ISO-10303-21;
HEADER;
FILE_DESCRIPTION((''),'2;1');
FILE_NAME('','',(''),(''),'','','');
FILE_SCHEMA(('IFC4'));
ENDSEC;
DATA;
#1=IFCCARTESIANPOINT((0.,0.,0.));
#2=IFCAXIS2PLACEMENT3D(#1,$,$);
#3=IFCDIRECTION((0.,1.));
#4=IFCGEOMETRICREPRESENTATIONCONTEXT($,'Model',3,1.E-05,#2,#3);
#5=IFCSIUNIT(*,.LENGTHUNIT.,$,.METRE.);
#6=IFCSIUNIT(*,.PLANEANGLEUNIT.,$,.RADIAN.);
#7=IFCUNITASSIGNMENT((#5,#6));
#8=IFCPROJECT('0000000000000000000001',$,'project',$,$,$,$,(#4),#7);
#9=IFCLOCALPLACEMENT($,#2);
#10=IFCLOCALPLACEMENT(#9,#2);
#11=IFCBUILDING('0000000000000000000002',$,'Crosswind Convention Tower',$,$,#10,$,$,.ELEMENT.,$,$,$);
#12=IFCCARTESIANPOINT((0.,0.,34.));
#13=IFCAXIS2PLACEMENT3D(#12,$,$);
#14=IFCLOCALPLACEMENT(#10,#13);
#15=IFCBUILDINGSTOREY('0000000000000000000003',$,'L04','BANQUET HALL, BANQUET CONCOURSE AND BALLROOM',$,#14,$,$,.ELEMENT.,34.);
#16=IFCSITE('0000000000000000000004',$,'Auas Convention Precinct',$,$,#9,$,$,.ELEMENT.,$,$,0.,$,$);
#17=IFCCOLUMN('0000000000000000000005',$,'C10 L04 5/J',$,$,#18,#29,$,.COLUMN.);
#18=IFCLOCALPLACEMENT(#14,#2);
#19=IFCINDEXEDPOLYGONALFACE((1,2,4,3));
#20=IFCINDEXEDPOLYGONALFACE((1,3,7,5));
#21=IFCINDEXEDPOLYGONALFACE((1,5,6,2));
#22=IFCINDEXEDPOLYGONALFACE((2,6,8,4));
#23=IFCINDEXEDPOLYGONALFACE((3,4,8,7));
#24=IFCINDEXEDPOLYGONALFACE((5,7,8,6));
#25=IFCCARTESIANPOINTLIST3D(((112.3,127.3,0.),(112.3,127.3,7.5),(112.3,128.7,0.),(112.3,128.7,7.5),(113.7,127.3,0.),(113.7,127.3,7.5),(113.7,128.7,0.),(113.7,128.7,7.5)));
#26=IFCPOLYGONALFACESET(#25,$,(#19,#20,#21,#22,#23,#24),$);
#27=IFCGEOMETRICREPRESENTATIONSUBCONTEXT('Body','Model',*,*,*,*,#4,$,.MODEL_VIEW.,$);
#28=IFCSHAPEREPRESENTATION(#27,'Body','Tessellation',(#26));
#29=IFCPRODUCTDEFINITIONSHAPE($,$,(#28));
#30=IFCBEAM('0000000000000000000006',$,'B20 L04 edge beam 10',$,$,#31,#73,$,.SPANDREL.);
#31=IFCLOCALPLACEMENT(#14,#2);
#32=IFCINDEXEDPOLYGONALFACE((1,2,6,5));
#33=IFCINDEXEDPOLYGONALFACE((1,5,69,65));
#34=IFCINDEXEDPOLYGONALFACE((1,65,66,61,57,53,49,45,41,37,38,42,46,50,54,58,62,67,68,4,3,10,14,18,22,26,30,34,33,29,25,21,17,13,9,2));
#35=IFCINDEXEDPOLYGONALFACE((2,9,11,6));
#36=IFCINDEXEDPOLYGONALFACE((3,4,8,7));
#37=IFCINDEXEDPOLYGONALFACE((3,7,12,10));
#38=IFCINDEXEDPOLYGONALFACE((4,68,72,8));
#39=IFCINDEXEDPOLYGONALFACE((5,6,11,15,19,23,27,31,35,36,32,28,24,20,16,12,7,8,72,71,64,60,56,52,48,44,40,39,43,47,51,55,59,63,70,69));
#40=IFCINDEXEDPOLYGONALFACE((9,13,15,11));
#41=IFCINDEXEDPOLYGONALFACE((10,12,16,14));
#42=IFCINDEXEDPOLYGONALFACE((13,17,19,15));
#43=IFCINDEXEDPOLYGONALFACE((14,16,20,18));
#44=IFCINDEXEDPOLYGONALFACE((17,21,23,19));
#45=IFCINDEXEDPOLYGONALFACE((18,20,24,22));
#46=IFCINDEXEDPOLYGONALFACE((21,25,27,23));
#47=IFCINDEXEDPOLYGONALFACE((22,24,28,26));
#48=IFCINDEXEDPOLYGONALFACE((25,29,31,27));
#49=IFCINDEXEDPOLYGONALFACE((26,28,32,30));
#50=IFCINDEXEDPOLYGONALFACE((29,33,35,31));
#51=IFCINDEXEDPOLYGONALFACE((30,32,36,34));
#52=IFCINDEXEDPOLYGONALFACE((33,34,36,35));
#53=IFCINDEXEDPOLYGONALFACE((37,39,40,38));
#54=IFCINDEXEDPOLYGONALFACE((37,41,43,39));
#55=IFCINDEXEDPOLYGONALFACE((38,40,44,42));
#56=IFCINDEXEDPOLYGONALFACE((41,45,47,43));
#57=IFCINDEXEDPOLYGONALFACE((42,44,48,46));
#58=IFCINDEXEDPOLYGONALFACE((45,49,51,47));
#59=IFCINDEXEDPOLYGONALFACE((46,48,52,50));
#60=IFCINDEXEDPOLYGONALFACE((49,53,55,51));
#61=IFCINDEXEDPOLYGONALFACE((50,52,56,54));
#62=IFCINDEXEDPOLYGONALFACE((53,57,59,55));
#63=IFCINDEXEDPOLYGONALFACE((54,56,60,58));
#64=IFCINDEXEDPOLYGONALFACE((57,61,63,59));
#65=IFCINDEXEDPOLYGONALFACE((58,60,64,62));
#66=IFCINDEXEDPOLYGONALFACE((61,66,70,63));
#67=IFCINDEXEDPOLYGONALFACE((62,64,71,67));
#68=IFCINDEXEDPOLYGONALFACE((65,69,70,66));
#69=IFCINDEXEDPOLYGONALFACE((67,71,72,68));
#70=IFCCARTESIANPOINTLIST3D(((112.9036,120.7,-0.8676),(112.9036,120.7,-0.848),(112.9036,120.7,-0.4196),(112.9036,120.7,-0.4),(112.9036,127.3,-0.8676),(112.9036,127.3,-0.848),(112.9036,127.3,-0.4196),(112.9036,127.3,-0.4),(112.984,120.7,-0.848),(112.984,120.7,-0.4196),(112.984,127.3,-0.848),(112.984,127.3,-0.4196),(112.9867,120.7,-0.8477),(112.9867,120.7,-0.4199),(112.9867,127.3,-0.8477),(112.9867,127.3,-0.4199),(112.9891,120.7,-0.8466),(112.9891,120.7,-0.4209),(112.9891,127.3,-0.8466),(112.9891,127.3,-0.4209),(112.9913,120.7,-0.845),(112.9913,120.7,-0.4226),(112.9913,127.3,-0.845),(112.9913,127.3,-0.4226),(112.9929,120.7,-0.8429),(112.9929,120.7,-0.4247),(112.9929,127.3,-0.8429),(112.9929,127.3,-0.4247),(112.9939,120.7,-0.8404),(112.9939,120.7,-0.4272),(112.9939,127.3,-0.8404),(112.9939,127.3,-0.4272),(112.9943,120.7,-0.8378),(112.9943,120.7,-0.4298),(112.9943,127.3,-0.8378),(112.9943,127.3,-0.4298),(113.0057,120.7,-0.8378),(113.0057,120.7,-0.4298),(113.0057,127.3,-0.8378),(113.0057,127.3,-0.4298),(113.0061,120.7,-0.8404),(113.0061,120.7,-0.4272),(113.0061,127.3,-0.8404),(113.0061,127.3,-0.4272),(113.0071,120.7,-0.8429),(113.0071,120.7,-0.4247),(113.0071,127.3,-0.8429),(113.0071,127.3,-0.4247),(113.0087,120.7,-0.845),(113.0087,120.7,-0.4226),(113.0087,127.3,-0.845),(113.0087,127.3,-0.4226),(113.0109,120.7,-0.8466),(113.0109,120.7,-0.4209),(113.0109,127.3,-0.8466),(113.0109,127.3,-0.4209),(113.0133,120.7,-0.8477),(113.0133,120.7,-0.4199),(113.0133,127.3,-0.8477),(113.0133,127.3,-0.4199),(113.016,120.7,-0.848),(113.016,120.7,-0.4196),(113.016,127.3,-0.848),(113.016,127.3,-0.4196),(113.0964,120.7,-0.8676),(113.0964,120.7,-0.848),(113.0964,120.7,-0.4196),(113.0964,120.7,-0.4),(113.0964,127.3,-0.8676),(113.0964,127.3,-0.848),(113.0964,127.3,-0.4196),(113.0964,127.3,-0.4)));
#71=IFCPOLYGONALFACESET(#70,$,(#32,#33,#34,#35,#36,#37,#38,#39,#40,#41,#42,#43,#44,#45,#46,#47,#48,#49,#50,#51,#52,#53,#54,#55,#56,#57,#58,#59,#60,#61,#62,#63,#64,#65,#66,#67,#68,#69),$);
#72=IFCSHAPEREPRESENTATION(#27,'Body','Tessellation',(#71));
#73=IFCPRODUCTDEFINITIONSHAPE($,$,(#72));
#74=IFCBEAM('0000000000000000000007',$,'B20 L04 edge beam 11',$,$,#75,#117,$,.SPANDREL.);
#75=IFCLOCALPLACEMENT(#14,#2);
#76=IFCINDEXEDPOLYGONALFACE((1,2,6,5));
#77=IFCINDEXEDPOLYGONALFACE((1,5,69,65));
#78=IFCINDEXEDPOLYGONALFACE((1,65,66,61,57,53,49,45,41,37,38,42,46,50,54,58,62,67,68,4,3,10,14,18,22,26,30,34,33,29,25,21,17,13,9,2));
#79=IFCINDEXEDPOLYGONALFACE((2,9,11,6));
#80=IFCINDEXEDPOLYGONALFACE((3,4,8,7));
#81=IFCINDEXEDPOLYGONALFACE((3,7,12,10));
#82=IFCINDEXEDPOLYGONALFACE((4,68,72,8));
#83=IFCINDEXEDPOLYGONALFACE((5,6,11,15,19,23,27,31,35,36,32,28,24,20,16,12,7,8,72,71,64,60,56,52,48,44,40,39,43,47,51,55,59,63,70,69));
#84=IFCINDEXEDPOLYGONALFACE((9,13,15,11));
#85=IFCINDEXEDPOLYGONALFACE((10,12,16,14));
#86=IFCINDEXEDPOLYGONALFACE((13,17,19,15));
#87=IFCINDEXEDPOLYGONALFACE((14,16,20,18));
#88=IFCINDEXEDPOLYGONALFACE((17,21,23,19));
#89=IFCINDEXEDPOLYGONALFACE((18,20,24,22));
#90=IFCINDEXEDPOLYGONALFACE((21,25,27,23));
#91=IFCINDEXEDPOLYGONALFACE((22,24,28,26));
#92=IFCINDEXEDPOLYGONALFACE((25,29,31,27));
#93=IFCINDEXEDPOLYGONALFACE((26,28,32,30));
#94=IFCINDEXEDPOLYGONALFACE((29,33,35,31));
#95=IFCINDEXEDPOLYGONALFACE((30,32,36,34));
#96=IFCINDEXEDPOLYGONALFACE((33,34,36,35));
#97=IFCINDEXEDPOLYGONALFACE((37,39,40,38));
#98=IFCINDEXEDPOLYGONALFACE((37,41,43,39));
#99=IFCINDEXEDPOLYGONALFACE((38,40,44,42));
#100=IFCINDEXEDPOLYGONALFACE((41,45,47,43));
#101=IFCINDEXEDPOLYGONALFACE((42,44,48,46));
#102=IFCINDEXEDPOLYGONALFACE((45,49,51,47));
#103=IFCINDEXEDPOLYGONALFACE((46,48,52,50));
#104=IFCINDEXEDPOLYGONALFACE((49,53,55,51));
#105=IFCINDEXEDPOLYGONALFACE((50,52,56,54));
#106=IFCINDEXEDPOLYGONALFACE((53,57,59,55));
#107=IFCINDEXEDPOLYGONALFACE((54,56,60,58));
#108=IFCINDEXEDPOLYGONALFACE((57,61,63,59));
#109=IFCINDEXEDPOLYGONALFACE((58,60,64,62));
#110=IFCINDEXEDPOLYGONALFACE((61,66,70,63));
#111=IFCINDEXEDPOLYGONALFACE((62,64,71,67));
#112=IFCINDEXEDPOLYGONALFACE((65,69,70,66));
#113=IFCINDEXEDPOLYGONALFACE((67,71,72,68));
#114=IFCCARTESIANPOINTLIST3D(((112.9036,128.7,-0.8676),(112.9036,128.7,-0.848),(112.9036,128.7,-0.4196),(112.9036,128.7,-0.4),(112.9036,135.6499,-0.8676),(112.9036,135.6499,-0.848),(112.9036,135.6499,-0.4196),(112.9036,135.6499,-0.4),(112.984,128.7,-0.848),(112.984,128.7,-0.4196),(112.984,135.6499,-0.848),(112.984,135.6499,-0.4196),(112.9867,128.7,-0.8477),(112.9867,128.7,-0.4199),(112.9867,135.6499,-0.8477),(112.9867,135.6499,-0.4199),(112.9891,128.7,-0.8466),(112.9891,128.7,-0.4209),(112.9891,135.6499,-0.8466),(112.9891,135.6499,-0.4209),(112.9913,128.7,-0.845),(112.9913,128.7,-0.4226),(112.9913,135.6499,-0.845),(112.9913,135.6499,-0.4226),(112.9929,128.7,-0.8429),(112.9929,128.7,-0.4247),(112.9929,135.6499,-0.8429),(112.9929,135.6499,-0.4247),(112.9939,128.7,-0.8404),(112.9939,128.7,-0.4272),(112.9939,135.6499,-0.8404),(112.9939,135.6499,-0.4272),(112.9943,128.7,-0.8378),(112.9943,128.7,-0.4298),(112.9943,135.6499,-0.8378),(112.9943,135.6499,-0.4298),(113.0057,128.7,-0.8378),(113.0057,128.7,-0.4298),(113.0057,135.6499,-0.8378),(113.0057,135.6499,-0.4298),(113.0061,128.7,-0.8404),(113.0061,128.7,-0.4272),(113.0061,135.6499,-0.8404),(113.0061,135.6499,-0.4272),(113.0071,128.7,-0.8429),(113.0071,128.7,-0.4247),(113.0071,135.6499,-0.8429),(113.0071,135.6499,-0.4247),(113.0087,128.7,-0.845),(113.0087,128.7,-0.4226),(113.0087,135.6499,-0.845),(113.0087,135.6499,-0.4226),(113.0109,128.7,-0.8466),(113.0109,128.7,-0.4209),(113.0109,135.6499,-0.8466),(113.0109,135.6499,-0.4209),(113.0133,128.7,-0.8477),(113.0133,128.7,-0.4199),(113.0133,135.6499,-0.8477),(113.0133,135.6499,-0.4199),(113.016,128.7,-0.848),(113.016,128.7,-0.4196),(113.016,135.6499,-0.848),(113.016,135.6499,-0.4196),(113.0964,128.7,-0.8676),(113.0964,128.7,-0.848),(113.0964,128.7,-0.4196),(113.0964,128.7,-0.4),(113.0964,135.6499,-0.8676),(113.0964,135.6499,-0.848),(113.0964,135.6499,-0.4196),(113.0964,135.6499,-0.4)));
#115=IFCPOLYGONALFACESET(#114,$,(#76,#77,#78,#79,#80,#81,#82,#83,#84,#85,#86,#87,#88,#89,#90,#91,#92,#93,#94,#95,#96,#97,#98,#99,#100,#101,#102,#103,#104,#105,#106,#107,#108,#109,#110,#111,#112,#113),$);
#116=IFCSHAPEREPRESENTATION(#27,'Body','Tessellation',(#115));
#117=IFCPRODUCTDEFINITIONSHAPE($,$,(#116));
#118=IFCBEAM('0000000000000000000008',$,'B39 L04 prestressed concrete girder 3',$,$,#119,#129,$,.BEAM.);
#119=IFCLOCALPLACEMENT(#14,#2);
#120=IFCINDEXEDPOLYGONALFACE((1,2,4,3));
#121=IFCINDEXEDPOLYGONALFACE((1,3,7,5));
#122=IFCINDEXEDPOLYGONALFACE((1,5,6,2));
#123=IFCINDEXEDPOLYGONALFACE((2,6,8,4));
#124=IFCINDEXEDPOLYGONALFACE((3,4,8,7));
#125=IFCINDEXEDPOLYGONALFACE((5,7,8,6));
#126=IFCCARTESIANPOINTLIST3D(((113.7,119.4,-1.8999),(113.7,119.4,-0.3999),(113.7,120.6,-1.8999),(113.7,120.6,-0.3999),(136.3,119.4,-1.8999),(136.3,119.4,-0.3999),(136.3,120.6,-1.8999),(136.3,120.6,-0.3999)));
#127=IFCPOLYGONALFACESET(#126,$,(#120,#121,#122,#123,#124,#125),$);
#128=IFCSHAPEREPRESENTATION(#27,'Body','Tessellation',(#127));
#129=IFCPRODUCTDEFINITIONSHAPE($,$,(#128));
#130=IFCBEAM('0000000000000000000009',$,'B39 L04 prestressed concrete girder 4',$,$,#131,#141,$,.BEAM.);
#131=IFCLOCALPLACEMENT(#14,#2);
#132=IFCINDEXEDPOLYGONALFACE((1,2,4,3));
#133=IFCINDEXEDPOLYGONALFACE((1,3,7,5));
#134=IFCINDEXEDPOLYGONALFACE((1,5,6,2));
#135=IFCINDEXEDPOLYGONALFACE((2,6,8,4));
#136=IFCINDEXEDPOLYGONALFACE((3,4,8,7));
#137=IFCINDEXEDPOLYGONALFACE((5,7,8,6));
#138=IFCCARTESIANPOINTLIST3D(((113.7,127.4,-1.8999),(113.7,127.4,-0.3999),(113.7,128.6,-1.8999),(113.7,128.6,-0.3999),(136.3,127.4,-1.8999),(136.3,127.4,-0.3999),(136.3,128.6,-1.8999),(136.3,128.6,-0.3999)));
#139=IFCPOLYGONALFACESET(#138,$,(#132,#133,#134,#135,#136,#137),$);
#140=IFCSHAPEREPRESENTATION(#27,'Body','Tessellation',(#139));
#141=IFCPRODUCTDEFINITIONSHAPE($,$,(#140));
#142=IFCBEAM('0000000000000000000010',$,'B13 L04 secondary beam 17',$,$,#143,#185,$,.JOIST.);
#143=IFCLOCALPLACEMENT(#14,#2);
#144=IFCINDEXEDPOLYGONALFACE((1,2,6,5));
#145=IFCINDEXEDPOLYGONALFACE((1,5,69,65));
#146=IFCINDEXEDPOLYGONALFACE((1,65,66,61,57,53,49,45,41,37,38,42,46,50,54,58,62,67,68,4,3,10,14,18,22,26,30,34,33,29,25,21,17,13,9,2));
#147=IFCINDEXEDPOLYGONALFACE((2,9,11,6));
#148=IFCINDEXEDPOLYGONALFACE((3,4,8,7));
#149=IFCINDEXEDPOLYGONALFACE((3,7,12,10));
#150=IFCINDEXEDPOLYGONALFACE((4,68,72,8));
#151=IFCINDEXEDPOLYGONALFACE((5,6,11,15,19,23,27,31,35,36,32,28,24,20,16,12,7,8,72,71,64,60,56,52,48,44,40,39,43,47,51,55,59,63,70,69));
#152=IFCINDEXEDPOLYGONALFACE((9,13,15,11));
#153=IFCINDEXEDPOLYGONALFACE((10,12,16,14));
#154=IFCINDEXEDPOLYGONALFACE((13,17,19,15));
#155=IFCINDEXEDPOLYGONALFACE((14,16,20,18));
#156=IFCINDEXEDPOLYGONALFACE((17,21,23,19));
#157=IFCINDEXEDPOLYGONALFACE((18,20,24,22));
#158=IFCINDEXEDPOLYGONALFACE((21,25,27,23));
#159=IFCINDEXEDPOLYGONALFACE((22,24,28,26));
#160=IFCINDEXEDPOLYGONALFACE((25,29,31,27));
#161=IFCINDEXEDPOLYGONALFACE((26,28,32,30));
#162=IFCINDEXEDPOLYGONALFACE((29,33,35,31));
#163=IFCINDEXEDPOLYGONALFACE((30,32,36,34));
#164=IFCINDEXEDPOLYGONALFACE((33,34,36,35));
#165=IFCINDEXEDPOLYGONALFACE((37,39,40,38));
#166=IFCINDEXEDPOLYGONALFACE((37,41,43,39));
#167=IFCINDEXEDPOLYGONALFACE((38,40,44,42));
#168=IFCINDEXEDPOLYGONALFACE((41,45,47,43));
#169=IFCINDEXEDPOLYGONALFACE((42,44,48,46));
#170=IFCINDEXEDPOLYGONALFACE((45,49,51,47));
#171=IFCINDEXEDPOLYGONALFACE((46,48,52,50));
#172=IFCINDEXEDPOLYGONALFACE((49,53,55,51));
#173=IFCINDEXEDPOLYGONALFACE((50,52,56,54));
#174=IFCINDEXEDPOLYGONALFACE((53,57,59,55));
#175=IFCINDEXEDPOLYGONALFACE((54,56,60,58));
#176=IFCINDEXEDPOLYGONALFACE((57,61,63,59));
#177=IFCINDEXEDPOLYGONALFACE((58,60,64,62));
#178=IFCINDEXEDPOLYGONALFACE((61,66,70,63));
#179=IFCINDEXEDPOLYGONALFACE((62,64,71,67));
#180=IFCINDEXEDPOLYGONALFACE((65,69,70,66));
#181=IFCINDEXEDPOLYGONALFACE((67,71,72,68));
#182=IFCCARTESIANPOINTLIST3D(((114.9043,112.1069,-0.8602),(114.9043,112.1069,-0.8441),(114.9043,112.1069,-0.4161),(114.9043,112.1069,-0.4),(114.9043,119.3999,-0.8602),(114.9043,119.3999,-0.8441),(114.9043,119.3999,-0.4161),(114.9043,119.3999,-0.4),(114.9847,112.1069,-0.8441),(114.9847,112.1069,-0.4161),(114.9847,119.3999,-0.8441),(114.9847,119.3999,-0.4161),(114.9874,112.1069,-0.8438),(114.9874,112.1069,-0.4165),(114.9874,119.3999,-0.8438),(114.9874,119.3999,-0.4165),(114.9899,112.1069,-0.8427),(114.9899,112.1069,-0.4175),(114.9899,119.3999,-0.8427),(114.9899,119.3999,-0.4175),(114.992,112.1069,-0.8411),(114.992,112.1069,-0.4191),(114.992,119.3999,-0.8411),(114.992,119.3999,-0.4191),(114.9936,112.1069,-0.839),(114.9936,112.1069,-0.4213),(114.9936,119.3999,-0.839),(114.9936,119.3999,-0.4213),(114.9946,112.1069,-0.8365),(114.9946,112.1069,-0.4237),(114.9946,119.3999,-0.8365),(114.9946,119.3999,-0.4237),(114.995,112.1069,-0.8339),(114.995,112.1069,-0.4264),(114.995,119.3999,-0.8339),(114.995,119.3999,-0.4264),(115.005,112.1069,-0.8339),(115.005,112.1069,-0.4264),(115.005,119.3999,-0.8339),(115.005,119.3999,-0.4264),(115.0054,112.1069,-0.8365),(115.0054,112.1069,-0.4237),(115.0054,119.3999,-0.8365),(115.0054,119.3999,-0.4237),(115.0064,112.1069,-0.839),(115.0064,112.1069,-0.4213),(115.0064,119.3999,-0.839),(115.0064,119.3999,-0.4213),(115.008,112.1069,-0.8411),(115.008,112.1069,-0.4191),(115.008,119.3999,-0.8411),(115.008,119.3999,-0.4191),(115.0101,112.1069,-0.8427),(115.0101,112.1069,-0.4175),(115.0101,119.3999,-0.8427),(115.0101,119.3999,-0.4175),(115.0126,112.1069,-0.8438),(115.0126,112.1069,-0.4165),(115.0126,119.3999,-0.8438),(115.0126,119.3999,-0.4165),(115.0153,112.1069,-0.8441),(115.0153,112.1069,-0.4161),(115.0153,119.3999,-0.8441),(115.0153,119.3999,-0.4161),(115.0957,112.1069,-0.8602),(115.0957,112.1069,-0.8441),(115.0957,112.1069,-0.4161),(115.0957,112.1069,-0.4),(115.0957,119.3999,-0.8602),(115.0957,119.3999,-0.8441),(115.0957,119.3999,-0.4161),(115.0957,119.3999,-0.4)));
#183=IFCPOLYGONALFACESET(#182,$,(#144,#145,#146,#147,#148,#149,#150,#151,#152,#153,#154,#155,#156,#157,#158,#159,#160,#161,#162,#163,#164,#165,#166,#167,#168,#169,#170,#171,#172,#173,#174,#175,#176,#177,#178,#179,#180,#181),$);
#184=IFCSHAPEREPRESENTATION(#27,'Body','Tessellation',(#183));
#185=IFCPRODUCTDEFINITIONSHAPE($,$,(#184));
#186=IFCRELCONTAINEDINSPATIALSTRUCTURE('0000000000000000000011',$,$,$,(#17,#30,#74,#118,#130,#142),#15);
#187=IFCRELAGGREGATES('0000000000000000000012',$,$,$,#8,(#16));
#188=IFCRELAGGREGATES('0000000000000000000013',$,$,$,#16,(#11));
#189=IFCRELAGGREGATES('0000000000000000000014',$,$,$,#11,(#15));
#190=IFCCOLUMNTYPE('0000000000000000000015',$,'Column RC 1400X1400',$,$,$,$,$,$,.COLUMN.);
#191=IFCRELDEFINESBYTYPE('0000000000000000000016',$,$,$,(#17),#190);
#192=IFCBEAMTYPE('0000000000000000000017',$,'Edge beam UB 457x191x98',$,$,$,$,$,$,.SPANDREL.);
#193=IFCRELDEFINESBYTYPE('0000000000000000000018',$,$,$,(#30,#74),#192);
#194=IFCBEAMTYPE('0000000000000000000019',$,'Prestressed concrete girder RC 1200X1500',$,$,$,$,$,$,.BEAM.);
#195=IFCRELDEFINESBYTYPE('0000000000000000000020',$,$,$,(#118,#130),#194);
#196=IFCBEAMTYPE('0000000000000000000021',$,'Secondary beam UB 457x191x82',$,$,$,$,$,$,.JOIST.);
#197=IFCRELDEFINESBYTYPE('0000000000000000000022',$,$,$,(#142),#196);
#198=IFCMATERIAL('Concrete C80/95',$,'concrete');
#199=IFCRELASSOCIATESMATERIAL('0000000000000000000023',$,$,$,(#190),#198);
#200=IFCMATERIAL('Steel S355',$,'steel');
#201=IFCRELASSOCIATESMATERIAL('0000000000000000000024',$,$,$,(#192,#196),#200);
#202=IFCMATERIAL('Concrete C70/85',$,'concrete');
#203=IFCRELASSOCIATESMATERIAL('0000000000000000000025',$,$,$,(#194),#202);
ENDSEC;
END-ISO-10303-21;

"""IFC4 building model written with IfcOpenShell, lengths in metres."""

from ifc_helpers import new_model, si_unit, direction, frame, origin, origin_2d, place, context, subcontext, project, spatial, rectangle, i_section, extrude, material, material_profile, profile_set, type_object, element, save


model = new_model("IFC4")

# Units and contexts
model_context = context("Model", 3, precision=1e-05, world=origin(), true_north=direction((0.0, 1.0)))
body_context = subcontext(model_context, "Body", "Model", "MODEL_VIEW")
ifc_project = project(units=[si_unit("LENGTHUNIT", "METRE"), si_unit("PLANEANGLEUNIT", "RADIAN")], contexts=[model_context])

# Site, building, storey
site_placement = place(None, origin())
site = spatial("IfcSite", under=ifc_project, at=site_placement, Name="Auas Convention Precinct", CompositionType="ELEMENT", RefElevation=0.0)
building_placement = place(site_placement, origin())
building = spatial("IfcBuilding", under=site, at=building_placement, Name="Crosswind Convention Tower", CompositionType="ELEMENT")
storey_placement = place(building_placement, frame((0.0, 0.0, 34.0)))
storey = spatial("IfcBuildingStorey", under=building, at=storey_placement, Name="L04", Description="BANQUET HALL, BANQUET CONCOURSE AND BALLROOM", CompositionType="ELEMENT", Elevation=34.0)

# Column
ifc_material_1 = material(Name="Concrete C80/95", Category="concrete")
ifc_material_profile_1 = material_profile(ifc_material_1, rectangle(XDim=1.3999, YDim=1.3999, at=origin_2d()), Name="RC 1400X1400")
ifc_profile_set_1 = profile_set([ifc_material_profile_1], Name="Concrete C80/95")
column_type = type_object("IfcColumnType", Name="Column RC 1400X1400", PredefinedType="COLUMN", material=ifc_profile_set_1)
column_placement = place(storey_placement, frame((113.0, 128.0, 0.0), z_axis=(0.0, 0.0, 1.0), x_axis=(1.0, 0.0, 0.0)))
element("IfcColumn", 1, at=column_placement, inside=storey, type_object=column_type, Name="C10 L04 5/J", PredefinedType="COLUMN", context=body_context, shape_type="SweptSolid", body=[
    extrude(rectangle(XDim=1.3999, YDim=1.3999, at=origin_2d()), origin(), (0.0, 0.0, 1.0), 7.5),
])

# Beams
ifc_material_2 = material(Name="Steel S355", Category="steel")
ifc_material_profile_2 = material_profile(ifc_material_2, i_section(OverallWidth=0.1929, OverallDepth=0.4675, WebThickness=0.0115, FlangeThickness=0.0195, FilletRadius=0.0103, at=origin_2d()), Name="UB 457x191x98")
ifc_profile_set_2 = profile_set([ifc_material_profile_2], Name="Steel S355")
beam_type_1 = type_object("IfcBeamType", Name="Edge beam UB 457x191x98", PredefinedType="SPANDREL", material=ifc_profile_set_2)
beam_1_placement = place(storey_placement, frame((113.0, 120.7, -0.6338), z_axis=(0.0, 1.0, 0.0), x_axis=(-1.0, 0.0, 0.0)))
element("IfcBeam", 2, at=beam_1_placement, inside=storey, type_object=beam_type_1, Name="B20 L04 edge beam 10", PredefinedType="SPANDREL", context=body_context, shape_type="SweptSolid", body=[
    extrude(i_section(OverallWidth=0.1929, OverallDepth=0.4675, WebThickness=0.0115, FlangeThickness=0.0195, FilletRadius=0.0103, at=origin_2d()), origin(), (0.0, 0.0, 1.0), 6.6001),
])
beam_2_placement = place(storey_placement, frame((113.0, 128.7, -0.6338), z_axis=(0.0, 1.0, 0.0), x_axis=(-1.0, 0.0, 0.0)))
element("IfcBeam", 3, at=beam_2_placement, inside=storey, type_object=beam_type_1, Name="B20 L04 edge beam 11", PredefinedType="SPANDREL", context=body_context, shape_type="SweptSolid", body=[
    extrude(i_section(OverallWidth=0.1929, OverallDepth=0.4675, WebThickness=0.0115, FlangeThickness=0.0195, FilletRadius=0.0103, at=origin_2d()), origin(), (0.0, 0.0, 1.0), 6.95),
])
ifc_material_3 = material(Name="Concrete C70/85", Category="concrete")
ifc_material_profile_3 = material_profile(ifc_material_3, rectangle(XDim=1.2, YDim=1.5, at=origin_2d()), Name="RC 1200X1500")
ifc_profile_set_3 = profile_set([ifc_material_profile_3], Name="Concrete C70/85")
beam_type_2 = type_object("IfcBeamType", Name="Prestressed concrete girder RC 1200X1500", PredefinedType="BEAM", material=ifc_profile_set_3)
for number, where, z_axis, x_axis, name in (
    (4, (113.7, 120.0, -1.1499), (1.0, 0.0, 0.0), (0.0, 1.0, 0.0), "B39 L04 prestressed concrete girder 3"),
    (5, (113.7, 128.0, -1.1499), (1.0, 0.0, 0.0), (0.0, 1.0, 0.0), "B39 L04 prestressed concrete girder 4"),
):
    element("IfcBeam", number, at=place(storey_placement, frame(where, z_axis=z_axis, x_axis=x_axis)), inside=storey, type_object=beam_type_2, Name=name, PredefinedType="BEAM", context=body_context, shape_type="SweptSolid", body=[
        extrude(rectangle(XDim=1.2, YDim=1.5, at=origin_2d()), origin(), (0.0, 0.0, 1.0), 22.6001),
    ])
ifc_material_profile_4 = material_profile(ifc_material_2, i_section(OverallWidth=0.1914, OverallDepth=0.4602, WebThickness=0.01, FlangeThickness=0.0161, FilletRadius=0.0103, at=origin_2d()), Name="UB 457x191x82")
ifc_profile_set_4 = profile_set([ifc_material_profile_4], Name="Steel S355")
beam_type_3 = type_object("IfcBeamType", Name="Secondary beam UB 457x191x82", PredefinedType="JOIST", material=ifc_profile_set_4)
beam_3_placement = place(storey_placement, frame((115.0, 112.1069, -0.6301), z_axis=(0.0, 1.0, 0.0), x_axis=(-1.0, 0.0, 0.0)))
element("IfcBeam", 6, at=beam_3_placement, inside=storey, type_object=beam_type_3, Name="B13 L04 secondary beam 17", PredefinedType="JOIST", context=body_context, shape_type="SweptSolid", body=[
    extrude(i_section(OverallWidth=0.1914, OverallDepth=0.4602, WebThickness=0.01, FlangeThickness=0.0161, FilletRadius=0.0103, at=origin_2d()), origin(), (0.0, 0.0, 1.0), 7.293),
])

save(model, "model.ifc")
